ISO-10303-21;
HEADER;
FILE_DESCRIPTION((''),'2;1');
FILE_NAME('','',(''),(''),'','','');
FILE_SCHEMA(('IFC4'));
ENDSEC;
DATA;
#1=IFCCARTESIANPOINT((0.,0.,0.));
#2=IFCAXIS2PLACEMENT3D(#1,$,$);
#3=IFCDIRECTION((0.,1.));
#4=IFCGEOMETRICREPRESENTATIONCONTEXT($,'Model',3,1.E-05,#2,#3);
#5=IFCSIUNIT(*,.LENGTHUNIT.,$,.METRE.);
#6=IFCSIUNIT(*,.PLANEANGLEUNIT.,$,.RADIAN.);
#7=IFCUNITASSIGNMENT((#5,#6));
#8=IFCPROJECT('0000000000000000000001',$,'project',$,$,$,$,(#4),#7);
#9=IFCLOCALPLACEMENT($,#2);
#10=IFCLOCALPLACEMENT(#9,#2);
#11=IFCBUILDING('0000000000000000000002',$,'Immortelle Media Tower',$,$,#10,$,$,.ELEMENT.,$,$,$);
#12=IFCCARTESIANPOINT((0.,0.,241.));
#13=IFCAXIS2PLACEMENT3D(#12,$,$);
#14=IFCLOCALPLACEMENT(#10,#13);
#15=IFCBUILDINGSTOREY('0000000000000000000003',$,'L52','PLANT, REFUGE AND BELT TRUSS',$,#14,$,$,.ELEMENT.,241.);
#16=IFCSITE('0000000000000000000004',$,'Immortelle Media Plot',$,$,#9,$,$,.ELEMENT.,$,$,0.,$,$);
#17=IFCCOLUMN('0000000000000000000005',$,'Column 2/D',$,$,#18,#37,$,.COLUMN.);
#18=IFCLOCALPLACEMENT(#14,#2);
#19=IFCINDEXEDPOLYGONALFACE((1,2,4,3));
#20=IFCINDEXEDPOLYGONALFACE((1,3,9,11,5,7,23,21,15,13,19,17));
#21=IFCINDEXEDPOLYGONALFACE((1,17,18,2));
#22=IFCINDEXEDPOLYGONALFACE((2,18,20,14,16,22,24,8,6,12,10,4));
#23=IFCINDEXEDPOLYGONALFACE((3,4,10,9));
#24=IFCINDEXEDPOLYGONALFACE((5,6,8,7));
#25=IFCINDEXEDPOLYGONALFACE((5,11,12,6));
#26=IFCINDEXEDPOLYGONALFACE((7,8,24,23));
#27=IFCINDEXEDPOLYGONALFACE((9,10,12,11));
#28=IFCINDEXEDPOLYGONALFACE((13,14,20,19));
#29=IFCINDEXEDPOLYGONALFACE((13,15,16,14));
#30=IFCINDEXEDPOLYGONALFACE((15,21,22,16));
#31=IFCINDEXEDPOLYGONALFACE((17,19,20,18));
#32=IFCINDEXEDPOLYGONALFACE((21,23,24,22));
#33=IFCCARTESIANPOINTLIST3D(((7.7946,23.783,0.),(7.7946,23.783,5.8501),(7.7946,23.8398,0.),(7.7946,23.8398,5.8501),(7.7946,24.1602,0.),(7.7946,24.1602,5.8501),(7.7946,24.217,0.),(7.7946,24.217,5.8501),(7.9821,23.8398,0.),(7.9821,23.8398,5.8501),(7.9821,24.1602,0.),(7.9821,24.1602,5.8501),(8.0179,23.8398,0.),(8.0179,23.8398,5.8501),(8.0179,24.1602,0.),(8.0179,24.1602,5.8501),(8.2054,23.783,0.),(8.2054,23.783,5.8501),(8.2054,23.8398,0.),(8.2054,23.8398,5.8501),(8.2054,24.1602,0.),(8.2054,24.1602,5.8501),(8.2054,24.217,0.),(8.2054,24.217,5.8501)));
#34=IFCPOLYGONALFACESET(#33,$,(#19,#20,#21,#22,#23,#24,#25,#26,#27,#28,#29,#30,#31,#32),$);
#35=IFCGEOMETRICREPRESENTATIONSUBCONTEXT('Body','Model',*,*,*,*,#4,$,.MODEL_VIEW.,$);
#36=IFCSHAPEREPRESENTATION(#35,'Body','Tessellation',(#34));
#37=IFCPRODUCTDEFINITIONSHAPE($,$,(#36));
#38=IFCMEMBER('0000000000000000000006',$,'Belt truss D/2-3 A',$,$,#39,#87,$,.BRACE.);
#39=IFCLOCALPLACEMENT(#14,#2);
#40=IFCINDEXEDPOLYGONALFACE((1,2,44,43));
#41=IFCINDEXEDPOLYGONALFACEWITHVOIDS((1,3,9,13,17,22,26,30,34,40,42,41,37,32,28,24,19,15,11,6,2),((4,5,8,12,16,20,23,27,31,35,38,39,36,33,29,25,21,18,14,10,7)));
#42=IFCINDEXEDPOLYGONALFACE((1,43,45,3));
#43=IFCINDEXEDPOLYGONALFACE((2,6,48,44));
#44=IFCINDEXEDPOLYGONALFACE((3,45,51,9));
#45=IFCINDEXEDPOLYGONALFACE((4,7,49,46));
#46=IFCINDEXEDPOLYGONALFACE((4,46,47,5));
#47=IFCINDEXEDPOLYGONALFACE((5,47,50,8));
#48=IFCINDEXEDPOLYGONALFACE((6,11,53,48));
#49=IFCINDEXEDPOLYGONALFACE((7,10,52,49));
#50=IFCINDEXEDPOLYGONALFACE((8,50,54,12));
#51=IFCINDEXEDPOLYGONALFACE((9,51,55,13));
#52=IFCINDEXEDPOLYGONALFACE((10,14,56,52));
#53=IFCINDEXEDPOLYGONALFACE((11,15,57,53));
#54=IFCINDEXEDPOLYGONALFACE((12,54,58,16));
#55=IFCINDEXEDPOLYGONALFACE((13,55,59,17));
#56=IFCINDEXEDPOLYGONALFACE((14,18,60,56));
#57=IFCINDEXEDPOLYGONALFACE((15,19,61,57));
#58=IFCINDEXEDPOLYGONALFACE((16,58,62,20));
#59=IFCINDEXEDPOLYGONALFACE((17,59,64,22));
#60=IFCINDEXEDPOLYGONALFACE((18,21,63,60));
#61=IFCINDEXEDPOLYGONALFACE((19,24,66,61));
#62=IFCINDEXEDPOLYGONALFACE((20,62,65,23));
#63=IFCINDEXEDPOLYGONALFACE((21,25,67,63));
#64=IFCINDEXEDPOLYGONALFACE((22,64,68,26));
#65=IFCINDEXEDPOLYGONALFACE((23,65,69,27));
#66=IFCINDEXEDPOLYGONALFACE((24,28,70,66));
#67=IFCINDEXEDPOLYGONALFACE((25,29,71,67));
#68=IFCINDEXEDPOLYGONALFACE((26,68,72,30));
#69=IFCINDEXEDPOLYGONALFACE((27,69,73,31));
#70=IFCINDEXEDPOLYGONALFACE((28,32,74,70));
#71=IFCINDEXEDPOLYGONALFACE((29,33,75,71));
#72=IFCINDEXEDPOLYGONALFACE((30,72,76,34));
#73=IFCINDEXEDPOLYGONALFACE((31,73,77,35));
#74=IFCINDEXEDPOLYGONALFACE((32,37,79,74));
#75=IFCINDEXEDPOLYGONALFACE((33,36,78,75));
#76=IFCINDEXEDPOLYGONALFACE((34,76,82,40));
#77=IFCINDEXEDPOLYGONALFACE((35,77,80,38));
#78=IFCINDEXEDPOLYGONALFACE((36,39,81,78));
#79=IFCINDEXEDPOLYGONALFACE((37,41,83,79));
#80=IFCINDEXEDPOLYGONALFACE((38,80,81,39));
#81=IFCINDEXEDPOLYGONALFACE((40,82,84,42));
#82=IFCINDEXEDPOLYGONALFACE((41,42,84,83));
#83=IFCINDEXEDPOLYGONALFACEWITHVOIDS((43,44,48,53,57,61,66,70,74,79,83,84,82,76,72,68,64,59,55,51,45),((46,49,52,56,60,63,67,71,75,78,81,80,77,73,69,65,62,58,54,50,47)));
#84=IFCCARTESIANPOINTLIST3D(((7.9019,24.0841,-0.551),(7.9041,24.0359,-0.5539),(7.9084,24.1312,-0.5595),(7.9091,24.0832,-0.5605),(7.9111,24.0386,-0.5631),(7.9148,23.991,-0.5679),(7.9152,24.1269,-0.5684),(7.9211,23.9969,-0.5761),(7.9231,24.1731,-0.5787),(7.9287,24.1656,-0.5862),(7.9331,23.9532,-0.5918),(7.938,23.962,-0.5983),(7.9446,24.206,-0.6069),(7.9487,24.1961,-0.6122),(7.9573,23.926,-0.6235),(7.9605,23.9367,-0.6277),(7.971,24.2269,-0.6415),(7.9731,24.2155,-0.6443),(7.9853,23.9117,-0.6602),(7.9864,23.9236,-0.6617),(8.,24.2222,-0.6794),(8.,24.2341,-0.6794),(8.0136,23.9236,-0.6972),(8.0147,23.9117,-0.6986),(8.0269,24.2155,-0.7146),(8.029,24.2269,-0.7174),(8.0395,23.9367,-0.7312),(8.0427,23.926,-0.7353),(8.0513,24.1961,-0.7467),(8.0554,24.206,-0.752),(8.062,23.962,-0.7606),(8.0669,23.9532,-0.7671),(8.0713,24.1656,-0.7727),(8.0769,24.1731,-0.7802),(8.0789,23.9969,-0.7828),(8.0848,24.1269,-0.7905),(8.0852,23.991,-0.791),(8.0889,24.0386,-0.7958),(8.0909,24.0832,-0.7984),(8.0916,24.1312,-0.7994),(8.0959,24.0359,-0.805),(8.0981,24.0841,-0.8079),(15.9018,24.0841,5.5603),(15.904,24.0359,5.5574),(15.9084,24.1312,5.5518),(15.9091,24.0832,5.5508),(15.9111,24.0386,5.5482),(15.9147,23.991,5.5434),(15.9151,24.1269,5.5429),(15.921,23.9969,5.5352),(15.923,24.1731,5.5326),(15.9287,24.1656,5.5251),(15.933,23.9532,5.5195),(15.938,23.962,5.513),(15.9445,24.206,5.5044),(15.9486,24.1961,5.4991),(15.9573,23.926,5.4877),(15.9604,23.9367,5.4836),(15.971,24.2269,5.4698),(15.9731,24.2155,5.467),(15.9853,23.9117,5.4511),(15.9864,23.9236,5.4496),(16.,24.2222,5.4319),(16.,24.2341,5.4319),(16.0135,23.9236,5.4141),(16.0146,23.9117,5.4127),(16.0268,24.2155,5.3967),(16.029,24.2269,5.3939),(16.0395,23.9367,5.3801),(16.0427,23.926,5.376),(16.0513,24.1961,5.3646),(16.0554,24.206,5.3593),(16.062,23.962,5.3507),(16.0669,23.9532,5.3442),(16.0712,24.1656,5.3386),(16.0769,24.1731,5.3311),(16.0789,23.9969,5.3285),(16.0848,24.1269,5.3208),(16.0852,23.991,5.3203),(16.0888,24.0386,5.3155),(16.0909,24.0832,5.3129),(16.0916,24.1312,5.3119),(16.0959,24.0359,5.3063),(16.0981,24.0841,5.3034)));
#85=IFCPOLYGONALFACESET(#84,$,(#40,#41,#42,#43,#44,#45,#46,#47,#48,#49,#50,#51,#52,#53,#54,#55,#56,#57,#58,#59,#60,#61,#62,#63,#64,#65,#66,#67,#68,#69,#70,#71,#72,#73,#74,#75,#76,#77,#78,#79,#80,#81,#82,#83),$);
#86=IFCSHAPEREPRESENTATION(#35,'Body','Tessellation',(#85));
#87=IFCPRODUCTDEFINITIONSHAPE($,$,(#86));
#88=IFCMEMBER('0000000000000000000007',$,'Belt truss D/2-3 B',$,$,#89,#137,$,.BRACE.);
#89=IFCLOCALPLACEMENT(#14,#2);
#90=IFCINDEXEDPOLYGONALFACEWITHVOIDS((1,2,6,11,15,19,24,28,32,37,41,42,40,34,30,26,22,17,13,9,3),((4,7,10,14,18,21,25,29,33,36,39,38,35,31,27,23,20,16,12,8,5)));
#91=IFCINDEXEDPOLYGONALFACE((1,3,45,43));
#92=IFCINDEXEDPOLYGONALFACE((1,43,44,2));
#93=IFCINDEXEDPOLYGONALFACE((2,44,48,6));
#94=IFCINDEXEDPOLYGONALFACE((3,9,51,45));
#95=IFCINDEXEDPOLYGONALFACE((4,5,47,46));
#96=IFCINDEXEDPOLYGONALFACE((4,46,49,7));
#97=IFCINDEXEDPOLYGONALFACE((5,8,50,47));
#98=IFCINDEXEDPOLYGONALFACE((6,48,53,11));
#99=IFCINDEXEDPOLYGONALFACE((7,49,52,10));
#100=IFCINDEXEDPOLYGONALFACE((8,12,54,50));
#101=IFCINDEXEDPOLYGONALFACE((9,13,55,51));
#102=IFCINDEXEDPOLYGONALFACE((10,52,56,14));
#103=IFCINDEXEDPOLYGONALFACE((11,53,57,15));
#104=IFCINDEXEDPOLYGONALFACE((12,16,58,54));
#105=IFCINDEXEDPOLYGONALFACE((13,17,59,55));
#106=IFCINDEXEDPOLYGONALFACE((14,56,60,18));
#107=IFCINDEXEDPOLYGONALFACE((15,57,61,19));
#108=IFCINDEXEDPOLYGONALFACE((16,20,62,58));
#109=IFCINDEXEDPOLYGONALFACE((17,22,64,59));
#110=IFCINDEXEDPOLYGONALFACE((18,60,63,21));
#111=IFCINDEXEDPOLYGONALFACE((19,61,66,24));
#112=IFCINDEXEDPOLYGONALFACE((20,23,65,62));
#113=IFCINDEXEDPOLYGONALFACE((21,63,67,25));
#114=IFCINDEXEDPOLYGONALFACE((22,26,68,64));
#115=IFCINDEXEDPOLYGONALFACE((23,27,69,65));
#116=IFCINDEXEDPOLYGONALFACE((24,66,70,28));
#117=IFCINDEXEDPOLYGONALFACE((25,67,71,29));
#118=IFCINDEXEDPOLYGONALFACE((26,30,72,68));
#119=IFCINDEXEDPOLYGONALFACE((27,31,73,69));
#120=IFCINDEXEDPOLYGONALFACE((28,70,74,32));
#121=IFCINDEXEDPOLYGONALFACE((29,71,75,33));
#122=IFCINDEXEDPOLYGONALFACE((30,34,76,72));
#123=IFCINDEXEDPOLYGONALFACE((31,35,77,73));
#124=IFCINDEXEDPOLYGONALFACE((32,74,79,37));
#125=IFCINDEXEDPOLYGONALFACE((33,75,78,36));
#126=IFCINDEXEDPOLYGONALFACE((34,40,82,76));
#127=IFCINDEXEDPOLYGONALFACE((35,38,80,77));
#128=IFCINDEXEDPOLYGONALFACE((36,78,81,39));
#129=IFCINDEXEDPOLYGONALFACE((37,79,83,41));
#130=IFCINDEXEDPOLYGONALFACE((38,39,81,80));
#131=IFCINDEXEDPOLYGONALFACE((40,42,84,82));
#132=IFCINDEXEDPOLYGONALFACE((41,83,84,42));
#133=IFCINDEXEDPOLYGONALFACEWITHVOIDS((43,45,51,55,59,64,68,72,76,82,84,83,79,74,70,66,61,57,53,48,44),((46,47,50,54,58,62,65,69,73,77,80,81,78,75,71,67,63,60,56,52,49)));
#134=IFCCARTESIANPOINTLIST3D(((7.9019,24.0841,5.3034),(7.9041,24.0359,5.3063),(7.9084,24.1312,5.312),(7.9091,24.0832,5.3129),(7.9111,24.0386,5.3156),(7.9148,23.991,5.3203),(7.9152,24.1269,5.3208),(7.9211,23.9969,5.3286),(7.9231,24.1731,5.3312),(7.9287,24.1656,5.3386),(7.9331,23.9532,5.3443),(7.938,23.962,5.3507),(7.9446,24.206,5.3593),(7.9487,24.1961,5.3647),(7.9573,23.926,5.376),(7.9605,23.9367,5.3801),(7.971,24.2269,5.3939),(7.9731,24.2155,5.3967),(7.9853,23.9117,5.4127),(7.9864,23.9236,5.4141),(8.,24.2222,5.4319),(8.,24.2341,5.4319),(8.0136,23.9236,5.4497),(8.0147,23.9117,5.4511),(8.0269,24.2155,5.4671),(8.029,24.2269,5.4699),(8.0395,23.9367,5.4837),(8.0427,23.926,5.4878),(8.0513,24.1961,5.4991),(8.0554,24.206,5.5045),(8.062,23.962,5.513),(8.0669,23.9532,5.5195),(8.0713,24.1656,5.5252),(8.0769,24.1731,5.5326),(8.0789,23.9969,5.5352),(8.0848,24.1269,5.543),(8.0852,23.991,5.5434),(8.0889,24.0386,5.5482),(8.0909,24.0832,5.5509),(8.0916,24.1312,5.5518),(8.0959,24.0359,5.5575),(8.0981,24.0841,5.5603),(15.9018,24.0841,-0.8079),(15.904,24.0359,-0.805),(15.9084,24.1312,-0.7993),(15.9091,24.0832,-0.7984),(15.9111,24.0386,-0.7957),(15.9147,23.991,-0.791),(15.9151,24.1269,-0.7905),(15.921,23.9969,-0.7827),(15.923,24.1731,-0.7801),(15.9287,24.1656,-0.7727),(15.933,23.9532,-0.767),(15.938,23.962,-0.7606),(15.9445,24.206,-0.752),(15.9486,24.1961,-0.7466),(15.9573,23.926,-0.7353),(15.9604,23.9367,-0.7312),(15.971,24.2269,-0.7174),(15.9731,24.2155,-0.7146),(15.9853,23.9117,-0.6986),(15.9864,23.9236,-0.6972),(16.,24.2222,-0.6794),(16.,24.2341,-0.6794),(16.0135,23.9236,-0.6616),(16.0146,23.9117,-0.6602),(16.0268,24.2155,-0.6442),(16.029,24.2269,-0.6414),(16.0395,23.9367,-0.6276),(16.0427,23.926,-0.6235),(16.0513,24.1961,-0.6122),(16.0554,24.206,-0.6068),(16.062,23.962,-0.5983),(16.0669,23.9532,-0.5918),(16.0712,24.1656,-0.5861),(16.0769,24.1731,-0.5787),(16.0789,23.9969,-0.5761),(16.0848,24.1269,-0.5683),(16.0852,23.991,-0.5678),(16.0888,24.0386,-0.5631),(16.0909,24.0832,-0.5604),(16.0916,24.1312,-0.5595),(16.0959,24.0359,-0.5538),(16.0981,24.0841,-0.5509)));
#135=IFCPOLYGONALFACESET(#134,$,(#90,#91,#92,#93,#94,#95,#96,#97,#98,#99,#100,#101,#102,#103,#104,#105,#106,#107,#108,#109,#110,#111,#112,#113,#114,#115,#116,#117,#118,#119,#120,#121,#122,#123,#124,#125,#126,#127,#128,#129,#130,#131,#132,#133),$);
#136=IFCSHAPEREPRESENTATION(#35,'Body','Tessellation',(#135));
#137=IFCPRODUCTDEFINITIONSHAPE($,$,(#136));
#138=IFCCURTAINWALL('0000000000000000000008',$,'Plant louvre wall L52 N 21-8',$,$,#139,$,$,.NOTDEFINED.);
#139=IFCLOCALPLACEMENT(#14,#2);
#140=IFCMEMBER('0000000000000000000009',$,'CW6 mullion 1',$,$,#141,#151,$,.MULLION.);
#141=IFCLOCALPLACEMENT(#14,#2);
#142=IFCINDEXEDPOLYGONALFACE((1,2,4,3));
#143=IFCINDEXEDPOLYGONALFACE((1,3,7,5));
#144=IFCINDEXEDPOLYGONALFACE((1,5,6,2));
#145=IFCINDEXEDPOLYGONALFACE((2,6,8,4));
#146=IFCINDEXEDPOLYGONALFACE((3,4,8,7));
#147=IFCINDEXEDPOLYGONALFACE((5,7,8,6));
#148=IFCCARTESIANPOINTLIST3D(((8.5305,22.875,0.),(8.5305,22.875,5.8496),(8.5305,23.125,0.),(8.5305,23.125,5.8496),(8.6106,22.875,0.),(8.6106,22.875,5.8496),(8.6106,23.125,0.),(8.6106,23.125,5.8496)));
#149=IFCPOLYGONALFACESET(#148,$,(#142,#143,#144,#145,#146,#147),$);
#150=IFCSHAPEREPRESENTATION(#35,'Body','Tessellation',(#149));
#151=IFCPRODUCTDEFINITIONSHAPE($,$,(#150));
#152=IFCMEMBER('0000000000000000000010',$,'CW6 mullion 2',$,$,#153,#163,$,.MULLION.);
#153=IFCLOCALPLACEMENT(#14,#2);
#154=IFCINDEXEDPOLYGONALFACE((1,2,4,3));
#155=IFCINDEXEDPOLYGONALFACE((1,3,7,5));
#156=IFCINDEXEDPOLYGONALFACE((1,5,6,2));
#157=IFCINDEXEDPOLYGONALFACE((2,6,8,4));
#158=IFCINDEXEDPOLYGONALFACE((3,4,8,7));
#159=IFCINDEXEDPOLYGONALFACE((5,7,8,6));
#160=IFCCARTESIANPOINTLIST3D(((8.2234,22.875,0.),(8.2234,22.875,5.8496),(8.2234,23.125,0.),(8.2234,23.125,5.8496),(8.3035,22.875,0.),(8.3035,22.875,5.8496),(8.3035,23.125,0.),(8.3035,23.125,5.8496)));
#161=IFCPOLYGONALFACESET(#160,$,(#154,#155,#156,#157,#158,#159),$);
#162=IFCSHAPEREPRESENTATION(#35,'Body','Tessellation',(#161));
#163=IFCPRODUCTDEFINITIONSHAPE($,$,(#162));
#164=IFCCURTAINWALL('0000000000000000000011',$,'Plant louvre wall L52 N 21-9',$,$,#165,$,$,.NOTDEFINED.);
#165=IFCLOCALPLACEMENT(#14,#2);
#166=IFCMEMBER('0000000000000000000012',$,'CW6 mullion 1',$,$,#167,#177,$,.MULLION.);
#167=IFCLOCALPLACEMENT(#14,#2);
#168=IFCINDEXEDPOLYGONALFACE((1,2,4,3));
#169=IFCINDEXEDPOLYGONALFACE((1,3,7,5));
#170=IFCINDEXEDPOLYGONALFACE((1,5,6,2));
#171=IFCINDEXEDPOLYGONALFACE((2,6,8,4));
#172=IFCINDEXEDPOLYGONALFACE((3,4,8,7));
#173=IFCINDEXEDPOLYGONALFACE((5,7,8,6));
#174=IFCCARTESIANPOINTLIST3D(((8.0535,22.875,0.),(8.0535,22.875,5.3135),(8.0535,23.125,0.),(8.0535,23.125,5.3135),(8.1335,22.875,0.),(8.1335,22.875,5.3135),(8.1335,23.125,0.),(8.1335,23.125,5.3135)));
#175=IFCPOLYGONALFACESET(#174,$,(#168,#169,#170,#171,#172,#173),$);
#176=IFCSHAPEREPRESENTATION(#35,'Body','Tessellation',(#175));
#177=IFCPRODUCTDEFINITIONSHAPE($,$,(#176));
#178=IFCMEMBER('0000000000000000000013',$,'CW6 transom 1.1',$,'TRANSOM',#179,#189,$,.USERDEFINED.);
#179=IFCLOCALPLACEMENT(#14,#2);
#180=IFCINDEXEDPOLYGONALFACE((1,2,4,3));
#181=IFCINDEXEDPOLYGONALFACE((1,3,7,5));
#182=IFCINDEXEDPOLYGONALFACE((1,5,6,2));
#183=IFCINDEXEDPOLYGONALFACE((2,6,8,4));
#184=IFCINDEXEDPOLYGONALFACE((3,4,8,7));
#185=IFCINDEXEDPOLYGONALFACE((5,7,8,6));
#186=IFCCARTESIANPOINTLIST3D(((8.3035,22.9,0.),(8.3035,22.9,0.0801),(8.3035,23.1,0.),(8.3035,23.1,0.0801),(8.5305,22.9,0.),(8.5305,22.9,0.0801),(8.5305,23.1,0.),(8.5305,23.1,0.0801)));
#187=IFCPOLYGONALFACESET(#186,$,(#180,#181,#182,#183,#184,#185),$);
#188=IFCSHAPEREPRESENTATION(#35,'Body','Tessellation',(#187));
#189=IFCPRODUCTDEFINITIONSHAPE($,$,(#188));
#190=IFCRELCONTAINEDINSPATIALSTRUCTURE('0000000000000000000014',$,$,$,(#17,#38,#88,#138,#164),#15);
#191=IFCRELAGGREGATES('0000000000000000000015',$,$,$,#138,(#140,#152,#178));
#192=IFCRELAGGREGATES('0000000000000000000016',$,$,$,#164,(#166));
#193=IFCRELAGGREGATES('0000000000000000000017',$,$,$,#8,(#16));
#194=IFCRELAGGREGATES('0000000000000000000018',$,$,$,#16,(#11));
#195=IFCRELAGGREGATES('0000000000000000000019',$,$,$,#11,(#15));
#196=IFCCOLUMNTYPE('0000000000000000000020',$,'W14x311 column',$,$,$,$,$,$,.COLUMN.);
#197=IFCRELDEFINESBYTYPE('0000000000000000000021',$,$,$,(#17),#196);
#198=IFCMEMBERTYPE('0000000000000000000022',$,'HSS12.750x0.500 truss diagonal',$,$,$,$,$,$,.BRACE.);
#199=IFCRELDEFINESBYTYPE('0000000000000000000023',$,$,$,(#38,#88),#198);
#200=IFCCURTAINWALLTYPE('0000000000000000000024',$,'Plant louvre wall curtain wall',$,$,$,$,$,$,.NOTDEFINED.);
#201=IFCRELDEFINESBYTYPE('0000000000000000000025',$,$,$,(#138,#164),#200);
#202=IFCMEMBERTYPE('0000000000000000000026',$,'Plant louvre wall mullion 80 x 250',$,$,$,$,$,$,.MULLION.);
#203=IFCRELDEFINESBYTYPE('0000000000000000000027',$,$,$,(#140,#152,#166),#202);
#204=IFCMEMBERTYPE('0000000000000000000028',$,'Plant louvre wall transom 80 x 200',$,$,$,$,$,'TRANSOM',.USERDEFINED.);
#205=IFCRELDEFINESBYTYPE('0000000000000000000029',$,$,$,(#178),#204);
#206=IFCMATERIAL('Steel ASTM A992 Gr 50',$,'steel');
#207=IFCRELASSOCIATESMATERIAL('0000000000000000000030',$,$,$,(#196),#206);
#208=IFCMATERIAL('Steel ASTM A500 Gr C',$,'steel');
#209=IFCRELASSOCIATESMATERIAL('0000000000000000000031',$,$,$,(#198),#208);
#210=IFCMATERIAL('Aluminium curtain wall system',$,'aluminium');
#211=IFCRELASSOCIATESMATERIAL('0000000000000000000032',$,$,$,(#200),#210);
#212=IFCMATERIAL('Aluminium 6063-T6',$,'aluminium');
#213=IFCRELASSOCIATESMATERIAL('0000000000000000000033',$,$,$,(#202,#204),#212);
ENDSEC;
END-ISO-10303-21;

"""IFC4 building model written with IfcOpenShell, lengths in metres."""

from ifc_helpers import new_model, si_unit, direction, frame, origin, origin_2d, place, context, subcontext, project, spatial, rectangle, hollow_circle, i_section, extrude, material, material_profile, profile_set, type_object, element, aggregate, save


model = new_model("IFC4")

# Units and contexts
model_context = context("Model", 3, precision=1e-05, world=origin(), true_north=direction((0.0, 1.0)))
body_context = subcontext(model_context, "Body", "Model", "MODEL_VIEW")
ifc_project = project(units=[si_unit("LENGTHUNIT", "METRE"), si_unit("PLANEANGLEUNIT", "RADIAN")], contexts=[model_context])

# Site, building, storey
site_placement = place(None, origin())
site = spatial("IfcSite", under=ifc_project, at=site_placement, Name="Immortelle Media Plot", CompositionType="ELEMENT", RefElevation=0.0)
building_placement = place(site_placement, origin())
building = spatial("IfcBuilding", under=site, at=building_placement, Name="Immortelle Media Tower", CompositionType="ELEMENT")
storey_placement = place(building_placement, frame((0.0, 0.0, 241.0)))
storey = spatial("IfcBuildingStorey", under=building, at=storey_placement, Name="L52", Description="PLANT, REFUGE AND BELT TRUSS", CompositionType="ELEMENT", Elevation=241.0)

# Column
ifc_material_1 = material(Name="Steel ASTM A992 Gr 50", Category="steel")
ifc_material_profile_1 = material_profile(ifc_material_1, i_section(OverallWidth=0.4109, OverallDepth=0.4341, WebThickness=0.0359, FlangeThickness=0.0569, at=origin_2d()), Name="W14x311")
ifc_profile_set_1 = profile_set([ifc_material_profile_1], Name="Steel ASTM A992 Gr 50")
column_type = type_object("IfcColumnType", Name="W14x311 column", PredefinedType="COLUMN", material=ifc_profile_set_1)
column_placement = place(storey_placement, frame((8.0, 24.0, 0.0), z_axis=(0.0, 0.0, 1.0), x_axis=(1.0, 0.0, 0.0)))
element("IfcColumn", 1, at=column_placement, inside=storey, type_object=column_type, Name="Column 2/D", PredefinedType="COLUMN", context=body_context, shape_type="SweptSolid", body=[
    extrude(i_section(OverallWidth=0.4109, OverallDepth=0.4341, WebThickness=0.0359, FlangeThickness=0.0569, at=origin_2d()), origin(), (0.0, 0.0, 1.0), 5.8501),
])

# Members
ifc_material_2 = material(Name="Steel ASTM A500 Gr C", Category="steel")
ifc_material_profile_2 = material_profile(ifc_material_2, hollow_circle(Radius=0.1621, WallThickness=0.012, at=origin_2d()), Name="HSS12.750x0.500 truss diagonal")
ifc_profile_set_2 = profile_set([ifc_material_profile_2], Name="Steel ASTM A500 Gr C")
member_type_1 = type_object("IfcMemberType", Name="HSS12.750x0.500 truss diagonal", PredefinedType="BRACE", material=ifc_profile_set_2)
for number, where, z_axis, x_axis, name in (
    (2, (8.0, 24.072, -0.6794), (0.794661, 0.0, 0.607054), (0.0, 1.0, 0.0), "Belt truss D/2-3 A"),
    (3, (8.0, 24.072, 5.4319), (0.794661, 0.0, -0.607054), (0.0, 1.0, 0.0), "Belt truss D/2-3 B"),
):
    element("IfcMember", number, at=place(storey_placement, frame(where, z_axis=z_axis, x_axis=x_axis)), inside=storey, type_object=member_type_1, Name=name, PredefinedType="BRACE", context=body_context, shape_type="SweptSolid", body=[
        extrude(hollow_circle(Radius=0.1621, WallThickness=0.012, at=origin_2d()), origin(), (0.0, 0.0, 1.0), 10.0671),
    ])

# Curtain wall, members
ifc_material_3 = material(Name="Aluminium curtain wall system", Category="aluminium")
curtain_wall_type = type_object("IfcCurtainWallType", Name="Plant louvre wall curtain wall", PredefinedType="NOTDEFINED", material=ifc_material_3)
curtain_wall_1_placement = place(storey_placement, origin())
curtain_wall_1 = element("IfcCurtainWall", 4, at=curtain_wall_1_placement, inside=storey, type_object=curtain_wall_type, Name="Plant louvre wall L52 N 21-8", PredefinedType="NOTDEFINED")
ifc_material_4 = material(Name="Aluminium 6063-T6", Category="aluminium")
ifc_material_profile_3 = material_profile(ifc_material_4, rectangle(XDim=0.25, YDim=0.0801, at=origin_2d()), Name="AL 80x250")
ifc_profile_set_3 = profile_set([ifc_material_profile_3], Name="Aluminium 6063-T6")
member_type_2 = type_object("IfcMemberType", Name="Plant louvre wall mullion 80 x 250", PredefinedType="MULLION", material=ifc_profile_set_3)
member_1_placement = place(storey_placement, frame((8.5706, 23.0, 0.0), z_axis=(0.0, 0.0, 1.0), x_axis=(0.0, -1.0, 0.0)))
member_1 = element("IfcMember", 5, at=member_1_placement, type_object=member_type_2, Name="CW6 mullion 1", PredefinedType="MULLION", context=body_context, shape_type="SweptSolid", body=[
    extrude(rectangle(XDim=0.25, YDim=0.0801, at=origin_2d()), origin(), (0.0, 0.0, 1.0), 5.8496),
])
member_2_placement = place(storey_placement, frame((8.2634, 23.0, 0.0), z_axis=(0.0, 0.0, 1.0), x_axis=(0.0, -1.0, 0.0)))
member_2 = element("IfcMember", 6, at=member_2_placement, type_object=member_type_2, Name="CW6 mullion 2", PredefinedType="MULLION", context=body_context, shape_type="SweptSolid", body=[
    extrude(rectangle(XDim=0.25, YDim=0.0801, at=origin_2d()), origin(), (0.0, 0.0, 1.0), 5.8496),
])

# Curtain wall, member
curtain_wall_2_placement = place(storey_placement, origin())
curtain_wall_2 = element("IfcCurtainWall", 7, at=curtain_wall_2_placement, inside=storey, type_object=curtain_wall_type, Name="Plant louvre wall L52 N 21-9", PredefinedType="NOTDEFINED")
member_3_placement = place(storey_placement, frame((8.0935, 23.0, 0.0), z_axis=(0.0, 0.0, 1.0), x_axis=(0.0, -1.0, 0.0)))
member_3 = element("IfcMember", 8, at=member_3_placement, type_object=member_type_2, Name="CW6 mullion 1", PredefinedType="MULLION", context=body_context, shape_type="SweptSolid", body=[
    extrude(rectangle(XDim=0.25, YDim=0.0801, at=origin_2d()), origin(), (0.0, 0.0, 1.0), 5.3135),
])

# Member
ifc_material_profile_4 = material_profile(ifc_material_4, rectangle(XDim=0.2, YDim=0.0801, at=origin_2d()), Name="AL 80x200")
ifc_profile_set_4 = profile_set([ifc_material_profile_4], Name="Aluminium 6063-T6")
member_type_3 = type_object("IfcMemberType", Name="Plant louvre wall transom 80 x 200", ElementType="TRANSOM", PredefinedType="USERDEFINED", material=ifc_profile_set_4)
member_4_placement = place(storey_placement, frame((8.5305, 23.0, 0.04), z_axis=(-1.0, 0.0, 0.0), x_axis=(0.0, -1.0, 0.0)))
member_4 = element("IfcMember", 9, at=member_4_placement, type_object=member_type_3, Name="CW6 transom 1.1", ObjectType="TRANSOM", PredefinedType="USERDEFINED", context=body_context, shape_type="SweptSolid", body=[
    extrude(rectangle(XDim=0.2, YDim=0.0801, at=origin_2d()), origin(), (0.0, 0.0, 1.0), 0.2271),
])

aggregate(curtain_wall_1, [member_1, member_2, member_4])
aggregate(curtain_wall_2, [member_3])

save(model, "model.ifc")
